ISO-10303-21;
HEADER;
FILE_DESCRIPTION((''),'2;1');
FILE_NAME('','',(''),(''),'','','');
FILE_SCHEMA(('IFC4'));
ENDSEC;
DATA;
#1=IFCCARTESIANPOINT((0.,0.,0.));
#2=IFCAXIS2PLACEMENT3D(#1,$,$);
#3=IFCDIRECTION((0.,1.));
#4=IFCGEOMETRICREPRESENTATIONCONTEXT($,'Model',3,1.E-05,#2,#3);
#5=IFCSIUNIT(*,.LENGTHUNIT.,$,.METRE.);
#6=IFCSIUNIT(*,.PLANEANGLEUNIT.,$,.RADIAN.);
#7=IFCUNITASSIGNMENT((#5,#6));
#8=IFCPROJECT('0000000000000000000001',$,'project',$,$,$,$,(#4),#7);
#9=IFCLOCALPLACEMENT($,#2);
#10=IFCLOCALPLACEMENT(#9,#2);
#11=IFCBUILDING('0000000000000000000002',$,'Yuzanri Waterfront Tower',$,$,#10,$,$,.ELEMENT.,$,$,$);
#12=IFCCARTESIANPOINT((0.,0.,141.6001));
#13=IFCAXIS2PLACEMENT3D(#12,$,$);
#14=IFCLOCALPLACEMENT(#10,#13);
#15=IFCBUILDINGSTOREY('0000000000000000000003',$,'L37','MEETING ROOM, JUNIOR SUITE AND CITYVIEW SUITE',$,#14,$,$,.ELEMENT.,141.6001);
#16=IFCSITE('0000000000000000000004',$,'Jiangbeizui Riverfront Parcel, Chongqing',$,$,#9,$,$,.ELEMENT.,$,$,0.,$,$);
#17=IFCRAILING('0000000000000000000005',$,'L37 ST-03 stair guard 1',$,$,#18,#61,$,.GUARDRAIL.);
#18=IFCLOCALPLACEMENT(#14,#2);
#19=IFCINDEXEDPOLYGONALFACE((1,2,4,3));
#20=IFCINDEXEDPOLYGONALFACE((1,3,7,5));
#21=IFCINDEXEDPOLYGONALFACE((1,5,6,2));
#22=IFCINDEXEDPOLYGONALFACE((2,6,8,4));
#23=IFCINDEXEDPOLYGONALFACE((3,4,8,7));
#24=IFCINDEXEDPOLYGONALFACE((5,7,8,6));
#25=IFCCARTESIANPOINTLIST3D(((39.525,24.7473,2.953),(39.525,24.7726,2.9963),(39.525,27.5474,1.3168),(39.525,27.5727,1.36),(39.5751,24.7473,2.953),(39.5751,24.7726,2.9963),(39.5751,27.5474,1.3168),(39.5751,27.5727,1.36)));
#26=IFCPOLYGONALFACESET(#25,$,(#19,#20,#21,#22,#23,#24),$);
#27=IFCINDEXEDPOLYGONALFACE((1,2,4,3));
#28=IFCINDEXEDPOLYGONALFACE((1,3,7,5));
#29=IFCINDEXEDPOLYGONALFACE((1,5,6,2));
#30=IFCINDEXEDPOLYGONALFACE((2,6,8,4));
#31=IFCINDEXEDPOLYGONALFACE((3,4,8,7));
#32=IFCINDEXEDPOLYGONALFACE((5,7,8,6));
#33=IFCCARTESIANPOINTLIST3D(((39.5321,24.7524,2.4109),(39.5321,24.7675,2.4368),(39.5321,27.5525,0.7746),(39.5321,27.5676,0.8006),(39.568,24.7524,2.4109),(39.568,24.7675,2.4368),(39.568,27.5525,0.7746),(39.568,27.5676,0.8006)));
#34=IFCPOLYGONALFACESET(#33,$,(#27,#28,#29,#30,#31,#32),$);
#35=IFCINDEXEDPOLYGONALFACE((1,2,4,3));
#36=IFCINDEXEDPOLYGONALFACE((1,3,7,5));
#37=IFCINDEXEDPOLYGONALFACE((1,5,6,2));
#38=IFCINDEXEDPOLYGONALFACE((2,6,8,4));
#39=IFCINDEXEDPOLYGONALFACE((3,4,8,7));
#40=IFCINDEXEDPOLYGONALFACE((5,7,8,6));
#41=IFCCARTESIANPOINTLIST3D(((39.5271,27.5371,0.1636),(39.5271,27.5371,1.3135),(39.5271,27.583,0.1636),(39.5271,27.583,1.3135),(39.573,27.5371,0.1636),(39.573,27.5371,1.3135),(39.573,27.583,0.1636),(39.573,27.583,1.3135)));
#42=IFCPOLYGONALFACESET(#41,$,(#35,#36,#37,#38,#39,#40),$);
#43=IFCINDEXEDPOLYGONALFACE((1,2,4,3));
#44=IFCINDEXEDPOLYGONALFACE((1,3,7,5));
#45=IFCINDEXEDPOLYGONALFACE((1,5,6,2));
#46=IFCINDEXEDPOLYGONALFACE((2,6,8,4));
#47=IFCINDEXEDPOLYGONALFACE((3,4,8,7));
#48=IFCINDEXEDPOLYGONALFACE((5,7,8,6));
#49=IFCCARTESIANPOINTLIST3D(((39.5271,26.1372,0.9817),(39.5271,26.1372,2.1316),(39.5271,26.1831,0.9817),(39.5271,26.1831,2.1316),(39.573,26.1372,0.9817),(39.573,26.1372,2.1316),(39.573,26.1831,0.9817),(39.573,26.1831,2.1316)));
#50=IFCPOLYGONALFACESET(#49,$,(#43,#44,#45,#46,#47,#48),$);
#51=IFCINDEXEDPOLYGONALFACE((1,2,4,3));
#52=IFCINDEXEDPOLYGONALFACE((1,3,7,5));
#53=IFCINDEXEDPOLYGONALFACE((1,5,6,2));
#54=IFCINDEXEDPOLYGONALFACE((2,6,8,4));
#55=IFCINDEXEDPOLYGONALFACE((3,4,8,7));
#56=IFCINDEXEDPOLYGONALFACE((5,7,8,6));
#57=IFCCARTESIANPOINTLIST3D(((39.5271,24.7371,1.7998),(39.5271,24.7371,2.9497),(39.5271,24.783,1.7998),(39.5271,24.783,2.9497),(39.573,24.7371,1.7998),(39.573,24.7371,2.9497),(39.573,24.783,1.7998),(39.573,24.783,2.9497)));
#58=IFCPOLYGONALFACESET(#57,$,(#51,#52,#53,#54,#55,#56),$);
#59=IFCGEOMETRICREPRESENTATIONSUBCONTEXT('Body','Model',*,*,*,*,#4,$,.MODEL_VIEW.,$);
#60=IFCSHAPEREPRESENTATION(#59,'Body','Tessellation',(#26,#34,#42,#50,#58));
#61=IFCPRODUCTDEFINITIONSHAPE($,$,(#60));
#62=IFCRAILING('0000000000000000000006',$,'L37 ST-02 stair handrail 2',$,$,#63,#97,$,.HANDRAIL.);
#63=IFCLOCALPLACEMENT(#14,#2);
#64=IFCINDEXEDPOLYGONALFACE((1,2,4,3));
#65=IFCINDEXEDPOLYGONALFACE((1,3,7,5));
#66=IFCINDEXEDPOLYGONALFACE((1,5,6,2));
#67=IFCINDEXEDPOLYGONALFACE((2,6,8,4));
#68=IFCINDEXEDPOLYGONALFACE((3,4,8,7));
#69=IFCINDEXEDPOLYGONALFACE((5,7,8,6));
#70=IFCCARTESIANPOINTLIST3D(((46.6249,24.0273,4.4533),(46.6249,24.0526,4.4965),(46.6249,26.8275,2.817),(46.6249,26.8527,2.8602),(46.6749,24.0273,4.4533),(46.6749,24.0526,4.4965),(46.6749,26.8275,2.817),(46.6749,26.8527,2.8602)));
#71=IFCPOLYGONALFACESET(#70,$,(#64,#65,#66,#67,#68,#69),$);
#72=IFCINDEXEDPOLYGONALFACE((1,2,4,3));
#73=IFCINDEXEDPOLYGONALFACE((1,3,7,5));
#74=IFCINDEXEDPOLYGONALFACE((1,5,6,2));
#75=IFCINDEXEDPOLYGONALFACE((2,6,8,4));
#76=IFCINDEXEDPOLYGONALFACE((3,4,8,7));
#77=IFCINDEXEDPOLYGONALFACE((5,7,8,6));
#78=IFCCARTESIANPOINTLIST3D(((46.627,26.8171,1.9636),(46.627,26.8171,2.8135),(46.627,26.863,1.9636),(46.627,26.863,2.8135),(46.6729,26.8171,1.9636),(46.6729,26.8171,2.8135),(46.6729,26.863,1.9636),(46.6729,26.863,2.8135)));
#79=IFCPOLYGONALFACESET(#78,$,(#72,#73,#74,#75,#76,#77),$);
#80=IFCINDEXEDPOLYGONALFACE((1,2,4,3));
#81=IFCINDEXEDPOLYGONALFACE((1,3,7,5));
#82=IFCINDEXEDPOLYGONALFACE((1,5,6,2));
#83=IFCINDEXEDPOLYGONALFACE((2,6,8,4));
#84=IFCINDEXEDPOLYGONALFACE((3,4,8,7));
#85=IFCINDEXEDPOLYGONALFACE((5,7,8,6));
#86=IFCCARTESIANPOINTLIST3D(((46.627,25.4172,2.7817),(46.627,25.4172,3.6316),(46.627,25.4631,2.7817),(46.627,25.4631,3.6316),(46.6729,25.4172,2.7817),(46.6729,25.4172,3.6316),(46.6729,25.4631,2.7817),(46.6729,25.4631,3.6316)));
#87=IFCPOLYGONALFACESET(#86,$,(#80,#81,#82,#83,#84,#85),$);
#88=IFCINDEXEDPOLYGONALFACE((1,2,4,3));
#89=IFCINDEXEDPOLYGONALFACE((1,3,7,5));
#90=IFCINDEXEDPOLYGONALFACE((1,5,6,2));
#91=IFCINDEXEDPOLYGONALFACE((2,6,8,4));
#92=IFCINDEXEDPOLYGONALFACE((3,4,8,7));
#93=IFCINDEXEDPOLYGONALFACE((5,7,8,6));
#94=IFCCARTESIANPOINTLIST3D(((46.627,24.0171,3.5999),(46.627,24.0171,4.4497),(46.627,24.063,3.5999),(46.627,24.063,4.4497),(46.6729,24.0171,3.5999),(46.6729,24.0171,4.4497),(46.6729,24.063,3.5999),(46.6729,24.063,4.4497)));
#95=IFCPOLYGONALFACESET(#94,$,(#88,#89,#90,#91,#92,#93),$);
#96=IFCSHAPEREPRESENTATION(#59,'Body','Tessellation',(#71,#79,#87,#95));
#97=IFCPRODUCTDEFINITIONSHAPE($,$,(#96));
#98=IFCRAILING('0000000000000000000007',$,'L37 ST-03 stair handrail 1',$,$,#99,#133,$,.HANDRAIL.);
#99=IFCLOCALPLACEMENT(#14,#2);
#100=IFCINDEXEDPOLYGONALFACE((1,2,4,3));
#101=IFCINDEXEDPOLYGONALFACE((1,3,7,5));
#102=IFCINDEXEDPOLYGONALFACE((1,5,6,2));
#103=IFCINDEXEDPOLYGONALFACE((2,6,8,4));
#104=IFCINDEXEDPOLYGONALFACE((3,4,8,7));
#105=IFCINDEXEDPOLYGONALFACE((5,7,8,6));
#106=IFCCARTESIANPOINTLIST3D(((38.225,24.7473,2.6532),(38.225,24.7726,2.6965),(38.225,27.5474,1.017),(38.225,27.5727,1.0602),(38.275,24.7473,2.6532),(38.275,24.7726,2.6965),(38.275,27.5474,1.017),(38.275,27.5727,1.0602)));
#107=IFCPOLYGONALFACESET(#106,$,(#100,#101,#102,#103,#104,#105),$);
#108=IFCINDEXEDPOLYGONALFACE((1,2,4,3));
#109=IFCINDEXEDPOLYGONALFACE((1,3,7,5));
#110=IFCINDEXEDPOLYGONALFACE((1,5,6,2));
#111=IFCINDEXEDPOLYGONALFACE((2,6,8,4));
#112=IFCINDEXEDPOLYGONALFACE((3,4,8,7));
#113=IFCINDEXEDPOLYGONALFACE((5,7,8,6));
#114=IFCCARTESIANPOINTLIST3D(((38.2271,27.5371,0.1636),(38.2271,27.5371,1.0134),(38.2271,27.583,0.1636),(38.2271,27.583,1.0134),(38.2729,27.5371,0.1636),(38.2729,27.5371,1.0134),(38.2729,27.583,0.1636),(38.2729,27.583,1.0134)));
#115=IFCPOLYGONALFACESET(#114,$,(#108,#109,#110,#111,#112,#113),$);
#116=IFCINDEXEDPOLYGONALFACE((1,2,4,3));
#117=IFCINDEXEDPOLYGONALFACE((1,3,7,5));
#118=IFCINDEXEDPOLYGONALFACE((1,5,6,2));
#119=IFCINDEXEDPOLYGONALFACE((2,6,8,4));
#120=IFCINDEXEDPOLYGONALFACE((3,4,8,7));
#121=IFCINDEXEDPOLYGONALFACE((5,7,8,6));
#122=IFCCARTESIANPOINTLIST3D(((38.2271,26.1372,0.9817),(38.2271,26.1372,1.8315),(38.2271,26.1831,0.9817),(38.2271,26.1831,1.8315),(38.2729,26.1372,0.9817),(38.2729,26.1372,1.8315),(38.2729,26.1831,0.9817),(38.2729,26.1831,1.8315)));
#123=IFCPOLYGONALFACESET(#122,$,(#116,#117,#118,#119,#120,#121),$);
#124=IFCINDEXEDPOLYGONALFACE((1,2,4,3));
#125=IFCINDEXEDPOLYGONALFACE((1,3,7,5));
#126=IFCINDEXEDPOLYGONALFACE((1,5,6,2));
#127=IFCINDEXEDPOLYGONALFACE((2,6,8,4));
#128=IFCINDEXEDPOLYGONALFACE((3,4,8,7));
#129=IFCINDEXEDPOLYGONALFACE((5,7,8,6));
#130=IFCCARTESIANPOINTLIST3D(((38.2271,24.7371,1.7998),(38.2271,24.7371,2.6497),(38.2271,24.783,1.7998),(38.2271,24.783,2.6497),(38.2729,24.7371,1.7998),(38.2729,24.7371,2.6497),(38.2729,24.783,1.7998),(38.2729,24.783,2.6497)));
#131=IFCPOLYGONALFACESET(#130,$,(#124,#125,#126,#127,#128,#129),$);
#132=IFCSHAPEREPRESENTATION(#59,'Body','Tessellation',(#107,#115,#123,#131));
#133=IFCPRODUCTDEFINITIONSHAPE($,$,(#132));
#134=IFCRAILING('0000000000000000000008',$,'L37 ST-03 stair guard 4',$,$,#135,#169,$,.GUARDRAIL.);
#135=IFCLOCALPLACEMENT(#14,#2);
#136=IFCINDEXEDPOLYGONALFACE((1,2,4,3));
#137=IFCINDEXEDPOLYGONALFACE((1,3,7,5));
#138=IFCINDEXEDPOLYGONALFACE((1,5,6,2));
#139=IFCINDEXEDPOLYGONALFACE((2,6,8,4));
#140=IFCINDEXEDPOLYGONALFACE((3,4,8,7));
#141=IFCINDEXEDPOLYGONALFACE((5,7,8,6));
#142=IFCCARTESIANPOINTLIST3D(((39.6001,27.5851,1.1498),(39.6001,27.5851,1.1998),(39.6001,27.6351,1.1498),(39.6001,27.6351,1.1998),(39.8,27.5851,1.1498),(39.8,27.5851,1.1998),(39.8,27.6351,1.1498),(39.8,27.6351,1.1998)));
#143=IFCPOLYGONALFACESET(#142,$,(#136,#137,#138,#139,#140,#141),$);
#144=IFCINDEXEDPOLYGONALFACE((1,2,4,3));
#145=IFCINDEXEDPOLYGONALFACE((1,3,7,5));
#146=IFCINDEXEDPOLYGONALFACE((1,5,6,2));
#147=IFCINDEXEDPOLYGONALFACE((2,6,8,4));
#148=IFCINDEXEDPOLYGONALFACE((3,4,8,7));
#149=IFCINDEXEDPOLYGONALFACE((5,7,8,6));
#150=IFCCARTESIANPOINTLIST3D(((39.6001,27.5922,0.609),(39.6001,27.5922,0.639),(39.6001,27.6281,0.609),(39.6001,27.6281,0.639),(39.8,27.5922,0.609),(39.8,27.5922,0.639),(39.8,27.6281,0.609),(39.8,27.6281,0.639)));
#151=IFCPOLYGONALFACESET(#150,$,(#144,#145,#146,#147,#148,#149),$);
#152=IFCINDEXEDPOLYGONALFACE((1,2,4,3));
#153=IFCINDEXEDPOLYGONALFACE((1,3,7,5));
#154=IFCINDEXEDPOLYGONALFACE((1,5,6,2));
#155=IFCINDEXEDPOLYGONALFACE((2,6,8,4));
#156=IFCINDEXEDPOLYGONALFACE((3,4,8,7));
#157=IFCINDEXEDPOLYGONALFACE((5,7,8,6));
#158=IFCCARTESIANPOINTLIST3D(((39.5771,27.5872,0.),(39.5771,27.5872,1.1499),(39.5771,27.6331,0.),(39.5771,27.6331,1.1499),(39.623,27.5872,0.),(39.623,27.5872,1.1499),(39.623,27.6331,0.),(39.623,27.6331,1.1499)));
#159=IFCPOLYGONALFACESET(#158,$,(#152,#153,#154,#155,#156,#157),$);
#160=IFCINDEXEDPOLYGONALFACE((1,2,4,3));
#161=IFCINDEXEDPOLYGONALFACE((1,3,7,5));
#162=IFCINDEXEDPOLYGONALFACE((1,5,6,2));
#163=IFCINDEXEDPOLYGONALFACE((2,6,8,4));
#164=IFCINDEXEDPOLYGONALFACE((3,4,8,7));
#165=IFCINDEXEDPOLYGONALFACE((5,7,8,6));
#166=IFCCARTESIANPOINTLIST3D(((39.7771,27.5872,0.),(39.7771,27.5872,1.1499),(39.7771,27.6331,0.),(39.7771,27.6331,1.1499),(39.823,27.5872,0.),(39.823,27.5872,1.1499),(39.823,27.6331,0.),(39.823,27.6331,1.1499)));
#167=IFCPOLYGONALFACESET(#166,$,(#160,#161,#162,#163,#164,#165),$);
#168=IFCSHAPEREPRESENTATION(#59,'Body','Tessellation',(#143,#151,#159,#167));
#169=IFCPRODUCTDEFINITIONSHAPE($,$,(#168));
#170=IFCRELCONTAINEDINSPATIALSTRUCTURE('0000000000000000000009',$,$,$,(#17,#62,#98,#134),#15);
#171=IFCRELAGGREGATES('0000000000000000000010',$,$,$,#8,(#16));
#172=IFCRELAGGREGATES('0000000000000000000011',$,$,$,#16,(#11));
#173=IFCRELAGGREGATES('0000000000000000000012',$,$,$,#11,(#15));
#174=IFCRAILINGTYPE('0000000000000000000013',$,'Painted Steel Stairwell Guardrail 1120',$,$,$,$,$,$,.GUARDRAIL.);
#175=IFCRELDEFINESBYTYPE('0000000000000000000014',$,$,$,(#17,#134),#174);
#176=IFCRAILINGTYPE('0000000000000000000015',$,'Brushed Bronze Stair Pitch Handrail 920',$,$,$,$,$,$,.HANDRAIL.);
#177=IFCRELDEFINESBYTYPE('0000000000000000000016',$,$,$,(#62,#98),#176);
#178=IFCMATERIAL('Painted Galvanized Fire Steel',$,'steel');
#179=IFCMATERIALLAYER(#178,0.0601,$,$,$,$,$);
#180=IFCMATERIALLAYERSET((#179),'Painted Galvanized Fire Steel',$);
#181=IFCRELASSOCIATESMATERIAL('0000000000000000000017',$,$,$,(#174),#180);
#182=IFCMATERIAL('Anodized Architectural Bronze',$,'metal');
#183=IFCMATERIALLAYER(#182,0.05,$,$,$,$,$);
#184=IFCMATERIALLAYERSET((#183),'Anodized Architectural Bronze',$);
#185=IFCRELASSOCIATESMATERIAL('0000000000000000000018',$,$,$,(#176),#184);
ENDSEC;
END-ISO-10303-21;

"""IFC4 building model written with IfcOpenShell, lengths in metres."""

from ifc_helpers import new_model, si_unit, direction, frame, origin, origin_2d, place, context, subcontext, project, spatial, rectangle, extrude, source, transform, mapped, material, layer, layer_set, type_object, element, save


model = new_model("IFC4")

# Units and contexts
model_context = context("Model", 3, precision=1e-05, world=origin(), true_north=direction((0.0, 1.0)))
body_context = subcontext(model_context, "Body", "Model", "MODEL_VIEW")
ifc_project = project(units=[si_unit("LENGTHUNIT", "METRE"), si_unit("PLANEANGLEUNIT", "RADIAN")], contexts=[model_context])

# Site, building, storey
site_placement = place(None, origin())
site = spatial("IfcSite", under=ifc_project, at=site_placement, Name="Jiangbeizui Riverfront Parcel, Chongqing", CompositionType="ELEMENT", RefElevation=0.0)
building_placement = place(site_placement, origin())
building = spatial("IfcBuilding", under=site, at=building_placement, Name="Yuzanri Waterfront Tower", CompositionType="ELEMENT")
storey_placement = place(building_placement, frame((0.0, 0.0, 141.6001)))
storey = spatial("IfcBuildingStorey", under=building, at=storey_placement, Name="L37", Description="MEETING ROOM, JUNIOR SUITE AND CITYVIEW SUITE", CompositionType="ELEMENT", Elevation=141.6001)

# Railings
ifc_material_1 = material(Name="Painted Galvanized Fire Steel", Category="steel")
ifc_layer_1 = layer(ifc_material_1, 0.0601)
ifc_layer_set_1 = layer_set([ifc_layer_1], Name="Painted Galvanized Fire Steel")
railing_type_1 = type_object("IfcRailingType", Name="Painted Steel Stairwell Guardrail 1120", PredefinedType="GUARDRAIL", material=ifc_layer_set_1)
shared_shape_1 = source(origin(), body_context, "Body", "SweptSolid", [
    extrude(rectangle(XDim=0.05, YDim=0.05, at=origin_2d()), frame((0.0, 0.0, 1.1748), z_axis=(0.0, -0.863394, 0.504531), x_axis=(1.0, 0.0, 0.0)), (0.0, 0.0, 1.0), 3.2432),
    extrude(rectangle(XDim=0.0359, YDim=0.03, at=origin_2d()), frame((0.0, 0.0, 0.624), z_axis=(0.0, -0.863394, 0.504531), x_axis=(1.0, 0.0, 0.0)), (0.0, 0.0, 1.0), 3.2432),
    extrude(rectangle(XDim=0.0459, YDim=0.0459, at=origin_2d()), origin(), (0.0, 0.0, 1.0), 1.1499),
    extrude(rectangle(XDim=0.0459, YDim=0.0459, at=origin_2d()), frame((0.0, -1.3999, 0.8181)), (0.0, 0.0, 1.0), 1.1499),
    extrude(rectangle(XDim=0.0459, YDim=0.0459, at=origin_2d()), frame((0.0, -2.8, 1.6362)), (0.0, 0.0, 1.0), 1.1499),
])
for number, where, name in (
    (1, (39.55, 27.5601, 0.1636), "L37 ST-03 stair guard 1"),
):
    element("IfcRailing", number, at=place(storey_placement, frame(where)), inside=storey, type_object=railing_type_1, Name=name, PredefinedType="GUARDRAIL", context=body_context, shape_type="MappedRepresentation", body=[
        mapped(shared_shape_1, transform((0.0, 0.0, 0.0), scale=1.0)),
    ])
ifc_material_2 = material(Name="Anodized Architectural Bronze", Category="metal")
ifc_layer_2 = layer(ifc_material_2, 0.05)
ifc_layer_set_2 = layer_set([ifc_layer_2], Name="Anodized Architectural Bronze")
railing_type_2 = type_object("IfcRailingType", Name="Brushed Bronze Stair Pitch Handrail 920", PredefinedType="HANDRAIL", material=ifc_layer_set_2)
shared_shape_2 = source(origin(), body_context, "Body", "SweptSolid", [
    extrude(rectangle(XDim=0.05, YDim=0.05, at=origin_2d()), frame((0.0, 0.0, 0.875), z_axis=(0.0, -0.863394, 0.504531), x_axis=(1.0, 0.0, 0.0)), (0.0, 0.0, 1.0), 3.2432),
    extrude(rectangle(XDim=0.0459, YDim=0.0459, at=origin_2d()), origin(), (0.0, 0.0, 1.0), 0.8499),
    extrude(rectangle(XDim=0.0459, YDim=0.0459, at=origin_2d()), frame((0.0, -1.3999, 0.8181)), (0.0, 0.0, 1.0), 0.8499),
    extrude(rectangle(XDim=0.0459, YDim=0.0459, at=origin_2d()), frame((0.0, -2.8, 1.6362)), (0.0, 0.0, 1.0), 0.8499),
])
for number, where, name in (
    (2, (46.6499, 26.8401, 1.9636), "L37 ST-02 stair handrail 2"),
    (3, (38.25, 27.5601, 0.1636), "L37 ST-03 stair handrail 1"),
):
    element("IfcRailing", number, at=place(storey_placement, frame(where)), inside=storey, type_object=railing_type_2, Name=name, PredefinedType="HANDRAIL", context=body_context, shape_type="MappedRepresentation", body=[
        mapped(shared_shape_2, transform((0.0, 0.0, 0.0), scale=1.0)),
    ])
shared_shape_3 = source(origin(), body_context, "Body", "SweptSolid", [
    extrude(rectangle(XDim=0.05, YDim=0.05, at=origin_2d()), frame((0.0, 0.0, 1.1748), z_axis=(1.0, 0.0, 0.0), x_axis=(0.0, 1.0, 0.0)), (0.0, 0.0, 1.0), 0.2),
    extrude(rectangle(XDim=0.0359, YDim=0.03, at=origin_2d()), frame((0.0, 0.0, 0.624), z_axis=(1.0, 0.0, 0.0), x_axis=(0.0, 1.0, 0.0)), (0.0, 0.0, 1.0), 0.2),
    extrude(rectangle(XDim=0.0459, YDim=0.0459, at=origin_2d()), origin(), (0.0, 0.0, 1.0), 1.1499),
    extrude(rectangle(XDim=0.0459, YDim=0.0459, at=origin_2d()), frame((0.2, 0.0, 0.0)), (0.0, 0.0, 1.0), 1.1499),
])
railing_1_placement = place(storey_placement, frame((39.6001, 27.6101, 0.0)))
element("IfcRailing", 4, at=railing_1_placement, inside=storey, type_object=railing_type_1, Name="L37 ST-03 stair guard 4", PredefinedType="GUARDRAIL", context=body_context, shape_type="MappedRepresentation", body=[
    mapped(shared_shape_3, transform((0.0, 0.0, 0.0), scale=1.0)),
])

save(model, "model.ifc")
